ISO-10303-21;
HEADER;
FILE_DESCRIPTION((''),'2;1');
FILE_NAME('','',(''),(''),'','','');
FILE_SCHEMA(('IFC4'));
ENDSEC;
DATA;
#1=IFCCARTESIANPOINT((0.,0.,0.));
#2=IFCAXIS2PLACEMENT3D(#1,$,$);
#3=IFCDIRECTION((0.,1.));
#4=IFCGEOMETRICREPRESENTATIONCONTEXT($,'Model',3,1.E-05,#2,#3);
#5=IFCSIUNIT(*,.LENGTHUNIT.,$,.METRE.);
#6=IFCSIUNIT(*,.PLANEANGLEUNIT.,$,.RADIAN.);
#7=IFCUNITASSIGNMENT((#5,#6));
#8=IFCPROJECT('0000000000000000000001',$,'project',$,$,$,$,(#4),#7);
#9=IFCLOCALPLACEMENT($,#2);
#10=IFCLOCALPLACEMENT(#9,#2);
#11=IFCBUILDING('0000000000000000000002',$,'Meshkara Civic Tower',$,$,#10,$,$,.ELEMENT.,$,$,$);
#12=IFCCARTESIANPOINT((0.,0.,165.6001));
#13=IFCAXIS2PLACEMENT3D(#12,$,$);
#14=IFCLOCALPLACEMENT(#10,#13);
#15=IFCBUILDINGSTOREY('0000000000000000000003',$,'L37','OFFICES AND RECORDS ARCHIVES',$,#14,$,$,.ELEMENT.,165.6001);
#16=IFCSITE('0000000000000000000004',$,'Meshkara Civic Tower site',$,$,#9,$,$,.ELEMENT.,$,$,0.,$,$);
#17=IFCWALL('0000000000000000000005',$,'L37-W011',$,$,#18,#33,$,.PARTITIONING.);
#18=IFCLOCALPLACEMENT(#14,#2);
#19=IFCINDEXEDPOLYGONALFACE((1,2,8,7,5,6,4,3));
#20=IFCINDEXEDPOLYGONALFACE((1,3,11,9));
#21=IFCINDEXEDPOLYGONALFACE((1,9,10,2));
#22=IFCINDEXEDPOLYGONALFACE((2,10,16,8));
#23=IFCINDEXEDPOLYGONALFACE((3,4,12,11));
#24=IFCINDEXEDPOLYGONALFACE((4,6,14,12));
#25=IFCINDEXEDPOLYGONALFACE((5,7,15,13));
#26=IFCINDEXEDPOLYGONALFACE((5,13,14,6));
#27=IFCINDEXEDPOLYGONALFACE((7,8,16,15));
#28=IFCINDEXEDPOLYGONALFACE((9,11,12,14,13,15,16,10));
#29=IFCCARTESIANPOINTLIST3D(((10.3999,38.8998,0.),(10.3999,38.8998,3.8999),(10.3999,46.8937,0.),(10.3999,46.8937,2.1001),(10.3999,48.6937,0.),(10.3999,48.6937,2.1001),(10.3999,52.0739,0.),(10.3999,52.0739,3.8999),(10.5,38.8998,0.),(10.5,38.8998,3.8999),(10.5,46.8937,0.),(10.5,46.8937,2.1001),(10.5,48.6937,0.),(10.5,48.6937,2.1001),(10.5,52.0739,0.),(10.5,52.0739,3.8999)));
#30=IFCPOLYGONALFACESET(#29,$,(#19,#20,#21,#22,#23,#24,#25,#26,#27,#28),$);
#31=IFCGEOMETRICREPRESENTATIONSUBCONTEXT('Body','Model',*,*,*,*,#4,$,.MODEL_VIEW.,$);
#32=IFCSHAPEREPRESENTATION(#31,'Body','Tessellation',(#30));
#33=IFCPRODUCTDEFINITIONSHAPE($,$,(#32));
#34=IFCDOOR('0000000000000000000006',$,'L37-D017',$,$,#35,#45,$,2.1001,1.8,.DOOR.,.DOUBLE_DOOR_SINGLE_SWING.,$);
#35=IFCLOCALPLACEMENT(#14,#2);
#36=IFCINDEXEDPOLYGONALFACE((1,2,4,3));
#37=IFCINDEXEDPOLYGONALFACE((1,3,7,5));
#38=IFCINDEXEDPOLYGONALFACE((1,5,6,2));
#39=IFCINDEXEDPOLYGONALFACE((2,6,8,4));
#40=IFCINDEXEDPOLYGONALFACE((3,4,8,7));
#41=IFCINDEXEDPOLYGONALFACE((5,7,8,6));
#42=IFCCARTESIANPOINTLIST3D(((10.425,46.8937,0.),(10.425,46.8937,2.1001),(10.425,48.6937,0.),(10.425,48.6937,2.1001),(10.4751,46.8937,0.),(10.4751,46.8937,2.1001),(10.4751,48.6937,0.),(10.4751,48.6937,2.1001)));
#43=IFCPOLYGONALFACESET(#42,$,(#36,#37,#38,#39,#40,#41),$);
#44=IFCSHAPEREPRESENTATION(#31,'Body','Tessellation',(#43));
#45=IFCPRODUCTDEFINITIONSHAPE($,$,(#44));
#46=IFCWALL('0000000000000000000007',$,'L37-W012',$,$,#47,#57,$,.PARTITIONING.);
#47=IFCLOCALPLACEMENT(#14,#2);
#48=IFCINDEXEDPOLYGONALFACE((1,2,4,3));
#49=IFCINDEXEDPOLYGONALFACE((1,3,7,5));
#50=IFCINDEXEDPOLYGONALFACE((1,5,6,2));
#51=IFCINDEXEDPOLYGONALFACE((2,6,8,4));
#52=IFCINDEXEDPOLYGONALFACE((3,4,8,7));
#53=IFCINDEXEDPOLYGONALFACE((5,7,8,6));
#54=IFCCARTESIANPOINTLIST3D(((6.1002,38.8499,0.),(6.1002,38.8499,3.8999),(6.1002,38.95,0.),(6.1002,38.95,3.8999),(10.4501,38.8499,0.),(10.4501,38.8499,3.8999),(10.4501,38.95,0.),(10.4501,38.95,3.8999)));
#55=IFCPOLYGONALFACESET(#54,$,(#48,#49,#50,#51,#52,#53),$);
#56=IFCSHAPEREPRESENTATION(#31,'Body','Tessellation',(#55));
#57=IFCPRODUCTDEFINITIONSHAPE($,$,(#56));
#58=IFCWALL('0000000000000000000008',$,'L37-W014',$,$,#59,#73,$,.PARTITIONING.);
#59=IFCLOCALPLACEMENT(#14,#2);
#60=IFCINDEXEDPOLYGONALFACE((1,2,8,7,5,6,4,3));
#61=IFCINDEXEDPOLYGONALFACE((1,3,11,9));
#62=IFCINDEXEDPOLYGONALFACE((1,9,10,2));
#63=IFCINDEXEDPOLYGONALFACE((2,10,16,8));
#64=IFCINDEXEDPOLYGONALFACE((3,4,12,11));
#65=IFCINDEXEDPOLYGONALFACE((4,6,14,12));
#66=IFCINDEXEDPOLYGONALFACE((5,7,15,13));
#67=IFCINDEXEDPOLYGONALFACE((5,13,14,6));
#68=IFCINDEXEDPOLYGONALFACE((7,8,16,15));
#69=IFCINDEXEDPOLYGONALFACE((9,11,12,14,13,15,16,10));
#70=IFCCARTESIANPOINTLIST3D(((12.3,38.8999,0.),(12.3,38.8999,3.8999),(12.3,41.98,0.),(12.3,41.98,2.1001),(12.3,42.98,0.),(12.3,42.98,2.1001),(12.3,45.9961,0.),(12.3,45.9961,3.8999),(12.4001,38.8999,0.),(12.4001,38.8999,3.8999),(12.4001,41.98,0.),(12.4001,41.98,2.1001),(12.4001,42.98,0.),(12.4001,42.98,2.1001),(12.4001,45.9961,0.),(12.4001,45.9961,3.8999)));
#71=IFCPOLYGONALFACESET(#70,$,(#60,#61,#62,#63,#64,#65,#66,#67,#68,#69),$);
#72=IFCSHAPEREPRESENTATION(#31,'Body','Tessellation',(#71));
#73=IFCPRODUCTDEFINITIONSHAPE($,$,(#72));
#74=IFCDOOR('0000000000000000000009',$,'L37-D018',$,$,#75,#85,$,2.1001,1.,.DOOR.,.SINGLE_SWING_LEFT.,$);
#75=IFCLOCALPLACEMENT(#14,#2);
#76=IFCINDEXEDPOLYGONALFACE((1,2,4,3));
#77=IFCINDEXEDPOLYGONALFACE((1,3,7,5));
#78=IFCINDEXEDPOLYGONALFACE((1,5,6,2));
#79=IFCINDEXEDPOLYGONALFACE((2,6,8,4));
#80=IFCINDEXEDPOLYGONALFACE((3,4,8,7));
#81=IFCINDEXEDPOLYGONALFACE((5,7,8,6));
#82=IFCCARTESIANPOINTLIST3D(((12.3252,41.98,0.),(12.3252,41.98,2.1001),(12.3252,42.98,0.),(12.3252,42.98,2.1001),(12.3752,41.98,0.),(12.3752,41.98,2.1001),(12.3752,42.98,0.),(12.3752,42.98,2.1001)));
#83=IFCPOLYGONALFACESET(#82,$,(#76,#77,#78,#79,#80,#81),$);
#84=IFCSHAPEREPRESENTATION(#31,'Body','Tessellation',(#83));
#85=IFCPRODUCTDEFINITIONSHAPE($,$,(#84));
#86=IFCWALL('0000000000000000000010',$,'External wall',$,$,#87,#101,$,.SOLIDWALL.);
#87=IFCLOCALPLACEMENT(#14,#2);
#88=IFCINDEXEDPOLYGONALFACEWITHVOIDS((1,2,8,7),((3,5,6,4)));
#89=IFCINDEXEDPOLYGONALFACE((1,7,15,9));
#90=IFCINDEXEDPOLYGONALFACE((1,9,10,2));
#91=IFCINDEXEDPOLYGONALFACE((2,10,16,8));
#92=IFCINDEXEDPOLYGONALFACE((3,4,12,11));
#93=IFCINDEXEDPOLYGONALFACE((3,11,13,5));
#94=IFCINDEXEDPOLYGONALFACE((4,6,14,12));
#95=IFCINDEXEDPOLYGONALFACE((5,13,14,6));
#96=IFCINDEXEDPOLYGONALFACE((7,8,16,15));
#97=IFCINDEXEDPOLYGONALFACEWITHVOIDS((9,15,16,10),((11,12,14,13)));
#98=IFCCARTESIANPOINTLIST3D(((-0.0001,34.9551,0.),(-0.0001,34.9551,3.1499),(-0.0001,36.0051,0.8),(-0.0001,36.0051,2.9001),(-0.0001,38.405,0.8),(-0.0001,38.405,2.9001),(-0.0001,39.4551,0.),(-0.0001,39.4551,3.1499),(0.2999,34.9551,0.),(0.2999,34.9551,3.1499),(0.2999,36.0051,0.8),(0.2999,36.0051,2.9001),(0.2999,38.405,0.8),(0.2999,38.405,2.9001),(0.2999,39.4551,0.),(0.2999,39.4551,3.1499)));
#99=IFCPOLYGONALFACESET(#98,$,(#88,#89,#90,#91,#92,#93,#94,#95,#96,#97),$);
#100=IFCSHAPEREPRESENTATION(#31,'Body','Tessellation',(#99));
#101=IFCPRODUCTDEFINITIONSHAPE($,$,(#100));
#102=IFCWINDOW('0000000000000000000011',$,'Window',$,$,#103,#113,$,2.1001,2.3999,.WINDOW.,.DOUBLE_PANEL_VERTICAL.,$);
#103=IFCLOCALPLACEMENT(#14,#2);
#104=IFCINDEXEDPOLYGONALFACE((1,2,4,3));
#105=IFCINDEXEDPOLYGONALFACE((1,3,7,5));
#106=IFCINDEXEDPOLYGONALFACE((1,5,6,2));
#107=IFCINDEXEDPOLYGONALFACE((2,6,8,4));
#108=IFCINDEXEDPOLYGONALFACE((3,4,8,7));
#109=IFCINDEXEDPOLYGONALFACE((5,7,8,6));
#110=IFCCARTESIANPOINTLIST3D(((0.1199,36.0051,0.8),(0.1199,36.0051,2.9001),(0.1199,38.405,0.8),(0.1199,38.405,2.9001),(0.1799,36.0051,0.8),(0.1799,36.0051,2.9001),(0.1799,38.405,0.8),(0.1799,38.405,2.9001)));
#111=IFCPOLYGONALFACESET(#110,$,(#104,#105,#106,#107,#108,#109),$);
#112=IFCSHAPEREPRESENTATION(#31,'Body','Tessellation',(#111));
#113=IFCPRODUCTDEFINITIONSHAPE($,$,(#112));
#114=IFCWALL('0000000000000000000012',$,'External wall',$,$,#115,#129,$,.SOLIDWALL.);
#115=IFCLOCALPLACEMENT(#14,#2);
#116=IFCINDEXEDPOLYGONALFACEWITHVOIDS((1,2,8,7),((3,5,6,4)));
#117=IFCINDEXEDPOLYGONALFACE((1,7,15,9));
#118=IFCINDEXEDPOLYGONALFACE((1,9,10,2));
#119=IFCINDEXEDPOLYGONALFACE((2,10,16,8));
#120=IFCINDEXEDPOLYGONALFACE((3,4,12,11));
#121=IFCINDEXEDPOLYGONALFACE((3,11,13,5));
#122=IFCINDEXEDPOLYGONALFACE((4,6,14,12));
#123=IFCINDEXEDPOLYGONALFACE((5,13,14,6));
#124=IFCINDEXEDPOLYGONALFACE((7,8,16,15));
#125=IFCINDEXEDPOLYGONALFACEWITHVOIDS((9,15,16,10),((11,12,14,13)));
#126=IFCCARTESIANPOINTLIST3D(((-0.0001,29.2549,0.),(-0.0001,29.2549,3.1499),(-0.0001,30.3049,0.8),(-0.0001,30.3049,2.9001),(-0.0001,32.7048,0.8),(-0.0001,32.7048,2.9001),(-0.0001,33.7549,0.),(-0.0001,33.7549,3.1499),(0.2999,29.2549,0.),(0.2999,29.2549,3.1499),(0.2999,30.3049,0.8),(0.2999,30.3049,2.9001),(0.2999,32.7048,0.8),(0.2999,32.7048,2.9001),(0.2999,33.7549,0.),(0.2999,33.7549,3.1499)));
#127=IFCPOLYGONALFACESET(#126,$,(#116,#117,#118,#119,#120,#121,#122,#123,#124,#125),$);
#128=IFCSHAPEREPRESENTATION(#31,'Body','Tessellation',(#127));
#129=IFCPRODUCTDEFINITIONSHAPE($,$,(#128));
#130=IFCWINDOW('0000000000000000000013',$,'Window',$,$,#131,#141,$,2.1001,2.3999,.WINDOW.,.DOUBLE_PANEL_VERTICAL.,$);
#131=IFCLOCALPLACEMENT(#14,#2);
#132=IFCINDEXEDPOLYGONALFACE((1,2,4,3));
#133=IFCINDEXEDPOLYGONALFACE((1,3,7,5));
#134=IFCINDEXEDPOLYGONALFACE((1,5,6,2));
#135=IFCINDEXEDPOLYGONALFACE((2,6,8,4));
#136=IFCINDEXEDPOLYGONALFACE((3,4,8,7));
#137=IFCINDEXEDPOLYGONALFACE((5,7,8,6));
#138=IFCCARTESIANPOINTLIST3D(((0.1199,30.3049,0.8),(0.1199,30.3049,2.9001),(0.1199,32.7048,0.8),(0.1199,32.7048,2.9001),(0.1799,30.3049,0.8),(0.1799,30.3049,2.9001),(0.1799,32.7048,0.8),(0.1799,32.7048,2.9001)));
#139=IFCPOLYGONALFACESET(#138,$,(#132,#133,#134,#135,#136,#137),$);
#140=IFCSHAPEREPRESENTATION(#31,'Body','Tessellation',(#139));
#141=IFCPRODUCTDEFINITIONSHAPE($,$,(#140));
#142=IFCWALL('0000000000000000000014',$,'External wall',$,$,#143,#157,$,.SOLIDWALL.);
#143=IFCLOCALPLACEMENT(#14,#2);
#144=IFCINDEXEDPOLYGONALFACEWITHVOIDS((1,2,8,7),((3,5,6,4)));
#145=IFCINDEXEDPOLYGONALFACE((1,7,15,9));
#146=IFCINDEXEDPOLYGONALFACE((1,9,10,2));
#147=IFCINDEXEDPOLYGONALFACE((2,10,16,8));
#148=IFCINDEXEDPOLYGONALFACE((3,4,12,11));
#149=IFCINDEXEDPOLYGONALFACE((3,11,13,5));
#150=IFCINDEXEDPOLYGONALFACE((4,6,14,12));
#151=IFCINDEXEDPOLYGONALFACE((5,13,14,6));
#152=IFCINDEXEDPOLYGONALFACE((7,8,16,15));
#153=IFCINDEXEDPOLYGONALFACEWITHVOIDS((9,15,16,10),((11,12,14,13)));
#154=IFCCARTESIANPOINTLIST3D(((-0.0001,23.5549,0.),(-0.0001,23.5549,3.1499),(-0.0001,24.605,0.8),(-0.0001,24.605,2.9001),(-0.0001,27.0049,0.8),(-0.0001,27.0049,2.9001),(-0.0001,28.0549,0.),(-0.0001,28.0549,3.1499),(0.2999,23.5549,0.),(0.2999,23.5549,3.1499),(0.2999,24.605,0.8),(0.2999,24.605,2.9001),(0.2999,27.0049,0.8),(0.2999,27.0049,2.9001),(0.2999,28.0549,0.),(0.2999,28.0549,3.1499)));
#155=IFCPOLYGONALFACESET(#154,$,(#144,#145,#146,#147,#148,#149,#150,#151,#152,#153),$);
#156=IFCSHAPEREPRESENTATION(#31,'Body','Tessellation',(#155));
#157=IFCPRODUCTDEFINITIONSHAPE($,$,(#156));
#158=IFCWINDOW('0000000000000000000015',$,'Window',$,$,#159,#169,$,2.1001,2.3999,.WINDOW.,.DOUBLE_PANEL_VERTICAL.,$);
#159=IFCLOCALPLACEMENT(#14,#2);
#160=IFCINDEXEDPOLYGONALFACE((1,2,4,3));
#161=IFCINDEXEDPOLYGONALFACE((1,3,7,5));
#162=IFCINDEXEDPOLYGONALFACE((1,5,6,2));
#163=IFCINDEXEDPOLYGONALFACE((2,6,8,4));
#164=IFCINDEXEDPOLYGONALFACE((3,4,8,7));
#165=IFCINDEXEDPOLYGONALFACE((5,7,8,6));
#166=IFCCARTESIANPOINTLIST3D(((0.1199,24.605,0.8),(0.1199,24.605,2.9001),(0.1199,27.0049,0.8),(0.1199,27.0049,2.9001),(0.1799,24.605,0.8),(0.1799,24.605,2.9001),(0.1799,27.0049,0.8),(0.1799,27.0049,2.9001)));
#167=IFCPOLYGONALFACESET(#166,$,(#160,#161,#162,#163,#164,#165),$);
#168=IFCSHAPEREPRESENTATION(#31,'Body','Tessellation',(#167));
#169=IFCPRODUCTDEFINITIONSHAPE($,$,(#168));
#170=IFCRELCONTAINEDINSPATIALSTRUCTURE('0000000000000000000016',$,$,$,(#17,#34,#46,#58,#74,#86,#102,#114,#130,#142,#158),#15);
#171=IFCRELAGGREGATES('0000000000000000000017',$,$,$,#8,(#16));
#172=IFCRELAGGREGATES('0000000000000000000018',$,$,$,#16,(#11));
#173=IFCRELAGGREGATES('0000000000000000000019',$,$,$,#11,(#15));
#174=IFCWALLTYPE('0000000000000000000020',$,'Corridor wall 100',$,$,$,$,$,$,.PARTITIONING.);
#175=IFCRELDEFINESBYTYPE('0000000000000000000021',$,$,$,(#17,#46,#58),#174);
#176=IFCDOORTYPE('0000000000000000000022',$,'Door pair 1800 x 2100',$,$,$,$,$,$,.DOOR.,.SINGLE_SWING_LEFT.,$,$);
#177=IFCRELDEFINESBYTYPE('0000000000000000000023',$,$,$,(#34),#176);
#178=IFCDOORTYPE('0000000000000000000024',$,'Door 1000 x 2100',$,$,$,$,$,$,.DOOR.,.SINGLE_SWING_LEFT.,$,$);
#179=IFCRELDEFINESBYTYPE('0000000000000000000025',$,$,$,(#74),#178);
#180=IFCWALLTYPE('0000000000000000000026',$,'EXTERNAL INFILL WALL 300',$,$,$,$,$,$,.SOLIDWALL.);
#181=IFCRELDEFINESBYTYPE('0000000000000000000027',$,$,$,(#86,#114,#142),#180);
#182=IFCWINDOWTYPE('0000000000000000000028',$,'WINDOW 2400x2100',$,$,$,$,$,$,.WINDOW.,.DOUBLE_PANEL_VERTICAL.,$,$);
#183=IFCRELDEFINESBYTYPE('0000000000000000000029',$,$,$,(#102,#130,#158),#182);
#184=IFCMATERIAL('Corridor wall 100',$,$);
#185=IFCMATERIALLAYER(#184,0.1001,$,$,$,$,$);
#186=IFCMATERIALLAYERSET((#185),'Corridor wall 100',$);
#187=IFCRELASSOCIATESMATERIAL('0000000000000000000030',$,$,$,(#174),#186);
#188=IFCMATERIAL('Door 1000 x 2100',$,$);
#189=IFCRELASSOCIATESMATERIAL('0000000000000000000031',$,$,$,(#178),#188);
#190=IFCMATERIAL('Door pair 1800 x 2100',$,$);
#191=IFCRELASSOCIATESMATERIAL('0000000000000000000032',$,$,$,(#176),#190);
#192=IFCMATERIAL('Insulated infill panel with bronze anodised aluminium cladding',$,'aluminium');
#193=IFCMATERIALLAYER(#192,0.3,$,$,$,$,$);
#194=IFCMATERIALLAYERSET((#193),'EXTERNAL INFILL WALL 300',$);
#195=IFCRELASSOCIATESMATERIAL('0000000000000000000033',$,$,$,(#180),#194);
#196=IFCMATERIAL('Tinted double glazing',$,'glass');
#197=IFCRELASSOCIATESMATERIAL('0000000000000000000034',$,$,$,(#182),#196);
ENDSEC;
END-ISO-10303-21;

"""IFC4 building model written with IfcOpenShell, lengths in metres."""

from ifc_helpers import new_model, si_unit, direction, frame, frame_2d, origin, place, context, subcontext, project, spatial, rectangle, extrude, material, layer, layer_set, type_object, element, fill, save


model = new_model("IFC4")

# Units and contexts
model_context = context("Model", 3, precision=1e-05, world=origin(), true_north=direction((0.0, 1.0)))
body_context = subcontext(model_context, "Body", "Model", "MODEL_VIEW")
ifc_project = project(units=[si_unit("LENGTHUNIT", "METRE"), si_unit("PLANEANGLEUNIT", "RADIAN")], contexts=[model_context])

# Site, building, storey
site_placement = place(None, origin())
site = spatial("IfcSite", under=ifc_project, at=site_placement, Name="Meshkara Civic Tower site", CompositionType="ELEMENT", RefElevation=0.0)
building_placement = place(site_placement, origin())
building = spatial("IfcBuilding", under=site, at=building_placement, Name="Meshkara Civic Tower", CompositionType="ELEMENT")
storey_placement = place(building_placement, frame((0.0, 0.0, 165.6001)))
storey = spatial("IfcBuildingStorey", under=building, at=storey_placement, Name="L37", Description="OFFICES AND RECORDS ARCHIVES", CompositionType="ELEMENT", Elevation=165.6001)

# Shared definitions
ifc_material_1 = material(Name="Corridor wall 100")
ifc_layer_1 = layer(ifc_material_1, 0.1001)
ifc_layer_set_1 = layer_set([ifc_layer_1], Name="Corridor wall 100")
wall_type_1 = type_object("IfcWallType", Name="Corridor wall 100", PredefinedType="PARTITIONING", material=ifc_layer_set_1)
ifc_material_2 = material(Name="Door 1000 x 2100")
door_type_1 = type_object("IfcDoorType", Name="Door 1000 x 2100", OperationType="SINGLE_SWING_LEFT", PredefinedType="DOOR", material=ifc_material_2)
ifc_material_3 = material(Name="Door pair 1800 x 2100")
door_type_2 = type_object("IfcDoorType", Name="Door pair 1800 x 2100", OperationType="SINGLE_SWING_LEFT", PredefinedType="DOOR", material=ifc_material_3)

# Wall, opening, door
wall_1_placement = place(storey_placement, frame((10.45, 38.8999, 0.0), z_axis=(0.0, 0.0, 1.0), x_axis=(0.0, 1.0, 0.0)))
wall_1 = element("IfcWall", 1, at=wall_1_placement, inside=storey, type_object=wall_type_1, Name="L37-W011", PredefinedType="PARTITIONING", context=body_context, shape_type="SweptSolid", body=[
    extrude(rectangle(XDim=13.1741, YDim=0.1001, at=frame_2d((6.5869, 0.0))), origin(), (0.0, 0.0, 1.0), 3.8999),
])
opening_1_placement = place(wall_1_placement, frame((7.9939, 0.0, 0.0)))
opening_1 = element("IfcOpeningElement", 2, at=opening_1_placement, cuts=wall_1, PredefinedType="OPENING", context=body_context, shape_type="SweptSolid", body=[
    extrude(rectangle(XDim=1.8, YDim=2.1001, at=frame_2d((0.8999, 1.05))), frame((0.0, 0.0601, 0.0), z_axis=(0.0, -1.0, 0.0), x_axis=(1.0, 0.0, 0.0)), (0.0, 0.0, 1.0), 0.1201),
])
door_1_placement = place(opening_1_placement, origin())
door_1 = element("IfcDoor", 3, at=door_1_placement, inside=storey, type_object=door_type_2, Name="L37-D017", OperationType="DOUBLE_DOOR_SINGLE_SWING", OverallHeight=2.1001, OverallWidth=1.8, PredefinedType="DOOR", context=body_context, shape_type="SweptSolid", body=[
    extrude(rectangle(XDim=1.8, YDim=2.1001, at=frame_2d((0.8999, 1.05))), frame((0.0, 0.0249, 0.0), z_axis=(0.0, -1.0, 0.0), x_axis=(1.0, 0.0, 0.0)), (0.0, 0.0, 1.0), 0.05),
])
fill(opening_1, door_1)

# Wall
wall_2_placement = place(storey_placement, frame((10.45, 38.8999, 0.0), z_axis=(0.0, 0.0, 1.0), x_axis=(-1.0, 0.0, 0.0)))
element("IfcWall", 4, at=wall_2_placement, inside=storey, type_object=wall_type_1, Name="L37-W012", PredefinedType="PARTITIONING", context=body_context, shape_type="SweptSolid", body=[
    extrude(rectangle(XDim=4.3499, YDim=0.1001, at=frame_2d((2.1748, 0.0))), origin(), (0.0, 0.0, 1.0), 3.8999),
])

# Wall, opening, door
wall_3_placement = place(storey_placement, frame((12.3501, 38.8999, 0.0), z_axis=(0.0, 0.0, 1.0), x_axis=(0.0, 1.0, 0.0)))
wall_3 = element("IfcWall", 5, at=wall_3_placement, inside=storey, type_object=wall_type_1, Name="L37-W014", PredefinedType="PARTITIONING", context=body_context, shape_type="SweptSolid", body=[
    extrude(rectangle(XDim=7.0962, YDim=0.1001, at=frame_2d((3.5481, 0.0))), origin(), (0.0, 0.0, 1.0), 3.8999),
])
opening_2_placement = place(wall_3_placement, frame((3.0801, 0.0, 0.0)))
opening_2 = element("IfcOpeningElement", 6, at=opening_2_placement, cuts=wall_3, PredefinedType="OPENING", context=body_context, shape_type="SweptSolid", body=[
    extrude(rectangle(XDim=1.0, YDim=2.1001, at=frame_2d((0.5, 1.05))), frame((0.0, 0.0601, 0.0), z_axis=(0.0, -1.0, 0.0), x_axis=(1.0, 0.0, 0.0)), (0.0, 0.0, 1.0), 0.1201),
])
door_2_placement = place(opening_2_placement, origin())
door_2 = element("IfcDoor", 7, at=door_2_placement, inside=storey, type_object=door_type_1, Name="L37-D018", OperationType="SINGLE_SWING_LEFT", OverallHeight=2.1001, OverallWidth=1.0, PredefinedType="DOOR", context=body_context, shape_type="SweptSolid", body=[
    extrude(rectangle(XDim=1.0, YDim=2.1001, at=frame_2d((0.5, 1.05))), frame((0.0, 0.0249, 0.0), z_axis=(0.0, -1.0, 0.0), x_axis=(1.0, 0.0, 0.0)), (0.0, 0.0, 1.0), 0.05),
])
fill(opening_2, door_2)

# Walls, openings, windows
ifc_material_4 = material(Name="Insulated infill panel with bronze anodised aluminium cladding", Category="aluminium")
ifc_layer_2 = layer(ifc_material_4, 0.3)
ifc_layer_set_2 = layer_set([ifc_layer_2], Name="EXTERNAL INFILL WALL 300")
wall_type_2 = type_object("IfcWallType", Name="EXTERNAL INFILL WALL 300", PredefinedType="SOLIDWALL", material=ifc_layer_set_2)
wall_4_placement = place(storey_placement, frame((0.1499, 39.4551, 0.0), z_axis=(0.0, 0.0, 1.0), x_axis=(0.0, -1.0, 0.0)))
wall_4 = element("IfcWall", 8, at=wall_4_placement, inside=storey, type_object=wall_type_2, Name="External wall", PredefinedType="SOLIDWALL", context=body_context, shape_type="SweptSolid", body=[
    extrude(rectangle(XDim=4.5, YDim=0.3, at=frame_2d((2.25, 0.0))), origin(), (0.0, 0.0, 1.0), 3.1499),
])
opening_3_placement = place(wall_4_placement, frame((1.05, 0.0, 0.8)))
opening_3 = element("IfcOpeningElement", 9, at=opening_3_placement, cuts=wall_4, PredefinedType="OPENING", context=body_context, shape_type="SweptSolid", body=[
    extrude(rectangle(XDim=2.3999, YDim=2.1001, at=frame_2d((1.2, 1.05))), frame((0.0, 0.1599, 0.0), z_axis=(0.0, -1.0, 0.0), x_axis=(1.0, 0.0, 0.0)), (0.0, 0.0, 1.0), 0.3201),
])
ifc_material_5 = material(Name="Tinted double glazing", Category="glass")
window_type = type_object("IfcWindowType", Name="WINDOW 2400x2100", PartitioningType="DOUBLE_PANEL_VERTICAL", PredefinedType="WINDOW", material=ifc_material_5)
window_1_placement = place(opening_3_placement, origin())
window_1 = element("IfcWindow", 10, at=window_1_placement, inside=storey, type_object=window_type, Name="Window", OverallHeight=2.1001, OverallWidth=2.3999, PartitioningType="DOUBLE_PANEL_VERTICAL", PredefinedType="WINDOW", context=body_context, shape_type="SweptSolid", body=[
    extrude(rectangle(XDim=2.3999, YDim=2.1001, at=frame_2d((1.2, 1.05))), frame((0.0, 0.03, 0.0), z_axis=(0.0, -1.0, 0.0), x_axis=(1.0, 0.0, 0.0)), (0.0, 0.0, 1.0), 0.0601),
])
fill(opening_3, window_1)
wall_5_placement = place(storey_placement, frame((0.1499, 33.7549, 0.0), z_axis=(0.0, 0.0, 1.0), x_axis=(0.0, -1.0, 0.0)))
wall_5 = element("IfcWall", 11, at=wall_5_placement, inside=storey, type_object=wall_type_2, Name="External wall", PredefinedType="SOLIDWALL", context=body_context, shape_type="SweptSolid", body=[
    extrude(rectangle(XDim=4.5, YDim=0.3, at=frame_2d((2.25, 0.0))), origin(), (0.0, 0.0, 1.0), 3.1499),
])
opening_4_placement = place(wall_5_placement, frame((1.05, 0.0, 0.8)))
opening_4 = element("IfcOpeningElement", 12, at=opening_4_placement, cuts=wall_5, PredefinedType="OPENING", context=body_context, shape_type="SweptSolid", body=[
    extrude(rectangle(XDim=2.3999, YDim=2.1001, at=frame_2d((1.2, 1.05))), frame((0.0, 0.1599, 0.0), z_axis=(0.0, -1.0, 0.0), x_axis=(1.0, 0.0, 0.0)), (0.0, 0.0, 1.0), 0.3201),
])
window_2_placement = place(opening_4_placement, origin())
window_2 = element("IfcWindow", 13, at=window_2_placement, inside=storey, type_object=window_type, Name="Window", OverallHeight=2.1001, OverallWidth=2.3999, PartitioningType="DOUBLE_PANEL_VERTICAL", PredefinedType="WINDOW", context=body_context, shape_type="SweptSolid", body=[
    extrude(rectangle(XDim=2.3999, YDim=2.1001, at=frame_2d((1.2, 1.05))), frame((0.0, 0.03, 0.0), z_axis=(0.0, -1.0, 0.0), x_axis=(1.0, 0.0, 0.0)), (0.0, 0.0, 1.0), 0.0601),
])
fill(opening_4, window_2)
wall_6_placement = place(storey_placement, frame((0.1499, 28.0549, 0.0), z_axis=(0.0, 0.0, 1.0), x_axis=(0.0, -1.0, 0.0)))
wall_6 = element("IfcWall", 14, at=wall_6_placement, inside=storey, type_object=wall_type_2, Name="External wall", PredefinedType="SOLIDWALL", context=body_context, shape_type="SweptSolid", body=[
    extrude(rectangle(XDim=4.5, YDim=0.3, at=frame_2d((2.25, 0.0))), origin(), (0.0, 0.0, 1.0), 3.1499),
])
opening_5_placement = place(wall_6_placement, frame((1.05, 0.0, 0.8)))
opening_5 = element("IfcOpeningElement", 15, at=opening_5_placement, cuts=wall_6, PredefinedType="OPENING", context=body_context, shape_type="SweptSolid", body=[
    extrude(rectangle(XDim=2.3999, YDim=2.1001, at=frame_2d((1.2, 1.05))), frame((0.0, 0.1599, 0.0), z_axis=(0.0, -1.0, 0.0), x_axis=(1.0, 0.0, 0.0)), (0.0, 0.0, 1.0), 0.3201),
])
window_3_placement = place(opening_5_placement, origin())
window_3 = element("IfcWindow", 16, at=window_3_placement, inside=storey, type_object=window_type, Name="Window", OverallHeight=2.1001, OverallWidth=2.3999, PartitioningType="DOUBLE_PANEL_VERTICAL", PredefinedType="WINDOW", context=body_context, shape_type="SweptSolid", body=[
    extrude(rectangle(XDim=2.3999, YDim=2.1001, at=frame_2d((1.2, 1.05))), frame((0.0, 0.03, 0.0), z_axis=(0.0, -1.0, 0.0), x_axis=(1.0, 0.0, 0.0)), (0.0, 0.0, 1.0), 0.0601),
])
fill(opening_5, window_3)

save(model, "model.ifc")
